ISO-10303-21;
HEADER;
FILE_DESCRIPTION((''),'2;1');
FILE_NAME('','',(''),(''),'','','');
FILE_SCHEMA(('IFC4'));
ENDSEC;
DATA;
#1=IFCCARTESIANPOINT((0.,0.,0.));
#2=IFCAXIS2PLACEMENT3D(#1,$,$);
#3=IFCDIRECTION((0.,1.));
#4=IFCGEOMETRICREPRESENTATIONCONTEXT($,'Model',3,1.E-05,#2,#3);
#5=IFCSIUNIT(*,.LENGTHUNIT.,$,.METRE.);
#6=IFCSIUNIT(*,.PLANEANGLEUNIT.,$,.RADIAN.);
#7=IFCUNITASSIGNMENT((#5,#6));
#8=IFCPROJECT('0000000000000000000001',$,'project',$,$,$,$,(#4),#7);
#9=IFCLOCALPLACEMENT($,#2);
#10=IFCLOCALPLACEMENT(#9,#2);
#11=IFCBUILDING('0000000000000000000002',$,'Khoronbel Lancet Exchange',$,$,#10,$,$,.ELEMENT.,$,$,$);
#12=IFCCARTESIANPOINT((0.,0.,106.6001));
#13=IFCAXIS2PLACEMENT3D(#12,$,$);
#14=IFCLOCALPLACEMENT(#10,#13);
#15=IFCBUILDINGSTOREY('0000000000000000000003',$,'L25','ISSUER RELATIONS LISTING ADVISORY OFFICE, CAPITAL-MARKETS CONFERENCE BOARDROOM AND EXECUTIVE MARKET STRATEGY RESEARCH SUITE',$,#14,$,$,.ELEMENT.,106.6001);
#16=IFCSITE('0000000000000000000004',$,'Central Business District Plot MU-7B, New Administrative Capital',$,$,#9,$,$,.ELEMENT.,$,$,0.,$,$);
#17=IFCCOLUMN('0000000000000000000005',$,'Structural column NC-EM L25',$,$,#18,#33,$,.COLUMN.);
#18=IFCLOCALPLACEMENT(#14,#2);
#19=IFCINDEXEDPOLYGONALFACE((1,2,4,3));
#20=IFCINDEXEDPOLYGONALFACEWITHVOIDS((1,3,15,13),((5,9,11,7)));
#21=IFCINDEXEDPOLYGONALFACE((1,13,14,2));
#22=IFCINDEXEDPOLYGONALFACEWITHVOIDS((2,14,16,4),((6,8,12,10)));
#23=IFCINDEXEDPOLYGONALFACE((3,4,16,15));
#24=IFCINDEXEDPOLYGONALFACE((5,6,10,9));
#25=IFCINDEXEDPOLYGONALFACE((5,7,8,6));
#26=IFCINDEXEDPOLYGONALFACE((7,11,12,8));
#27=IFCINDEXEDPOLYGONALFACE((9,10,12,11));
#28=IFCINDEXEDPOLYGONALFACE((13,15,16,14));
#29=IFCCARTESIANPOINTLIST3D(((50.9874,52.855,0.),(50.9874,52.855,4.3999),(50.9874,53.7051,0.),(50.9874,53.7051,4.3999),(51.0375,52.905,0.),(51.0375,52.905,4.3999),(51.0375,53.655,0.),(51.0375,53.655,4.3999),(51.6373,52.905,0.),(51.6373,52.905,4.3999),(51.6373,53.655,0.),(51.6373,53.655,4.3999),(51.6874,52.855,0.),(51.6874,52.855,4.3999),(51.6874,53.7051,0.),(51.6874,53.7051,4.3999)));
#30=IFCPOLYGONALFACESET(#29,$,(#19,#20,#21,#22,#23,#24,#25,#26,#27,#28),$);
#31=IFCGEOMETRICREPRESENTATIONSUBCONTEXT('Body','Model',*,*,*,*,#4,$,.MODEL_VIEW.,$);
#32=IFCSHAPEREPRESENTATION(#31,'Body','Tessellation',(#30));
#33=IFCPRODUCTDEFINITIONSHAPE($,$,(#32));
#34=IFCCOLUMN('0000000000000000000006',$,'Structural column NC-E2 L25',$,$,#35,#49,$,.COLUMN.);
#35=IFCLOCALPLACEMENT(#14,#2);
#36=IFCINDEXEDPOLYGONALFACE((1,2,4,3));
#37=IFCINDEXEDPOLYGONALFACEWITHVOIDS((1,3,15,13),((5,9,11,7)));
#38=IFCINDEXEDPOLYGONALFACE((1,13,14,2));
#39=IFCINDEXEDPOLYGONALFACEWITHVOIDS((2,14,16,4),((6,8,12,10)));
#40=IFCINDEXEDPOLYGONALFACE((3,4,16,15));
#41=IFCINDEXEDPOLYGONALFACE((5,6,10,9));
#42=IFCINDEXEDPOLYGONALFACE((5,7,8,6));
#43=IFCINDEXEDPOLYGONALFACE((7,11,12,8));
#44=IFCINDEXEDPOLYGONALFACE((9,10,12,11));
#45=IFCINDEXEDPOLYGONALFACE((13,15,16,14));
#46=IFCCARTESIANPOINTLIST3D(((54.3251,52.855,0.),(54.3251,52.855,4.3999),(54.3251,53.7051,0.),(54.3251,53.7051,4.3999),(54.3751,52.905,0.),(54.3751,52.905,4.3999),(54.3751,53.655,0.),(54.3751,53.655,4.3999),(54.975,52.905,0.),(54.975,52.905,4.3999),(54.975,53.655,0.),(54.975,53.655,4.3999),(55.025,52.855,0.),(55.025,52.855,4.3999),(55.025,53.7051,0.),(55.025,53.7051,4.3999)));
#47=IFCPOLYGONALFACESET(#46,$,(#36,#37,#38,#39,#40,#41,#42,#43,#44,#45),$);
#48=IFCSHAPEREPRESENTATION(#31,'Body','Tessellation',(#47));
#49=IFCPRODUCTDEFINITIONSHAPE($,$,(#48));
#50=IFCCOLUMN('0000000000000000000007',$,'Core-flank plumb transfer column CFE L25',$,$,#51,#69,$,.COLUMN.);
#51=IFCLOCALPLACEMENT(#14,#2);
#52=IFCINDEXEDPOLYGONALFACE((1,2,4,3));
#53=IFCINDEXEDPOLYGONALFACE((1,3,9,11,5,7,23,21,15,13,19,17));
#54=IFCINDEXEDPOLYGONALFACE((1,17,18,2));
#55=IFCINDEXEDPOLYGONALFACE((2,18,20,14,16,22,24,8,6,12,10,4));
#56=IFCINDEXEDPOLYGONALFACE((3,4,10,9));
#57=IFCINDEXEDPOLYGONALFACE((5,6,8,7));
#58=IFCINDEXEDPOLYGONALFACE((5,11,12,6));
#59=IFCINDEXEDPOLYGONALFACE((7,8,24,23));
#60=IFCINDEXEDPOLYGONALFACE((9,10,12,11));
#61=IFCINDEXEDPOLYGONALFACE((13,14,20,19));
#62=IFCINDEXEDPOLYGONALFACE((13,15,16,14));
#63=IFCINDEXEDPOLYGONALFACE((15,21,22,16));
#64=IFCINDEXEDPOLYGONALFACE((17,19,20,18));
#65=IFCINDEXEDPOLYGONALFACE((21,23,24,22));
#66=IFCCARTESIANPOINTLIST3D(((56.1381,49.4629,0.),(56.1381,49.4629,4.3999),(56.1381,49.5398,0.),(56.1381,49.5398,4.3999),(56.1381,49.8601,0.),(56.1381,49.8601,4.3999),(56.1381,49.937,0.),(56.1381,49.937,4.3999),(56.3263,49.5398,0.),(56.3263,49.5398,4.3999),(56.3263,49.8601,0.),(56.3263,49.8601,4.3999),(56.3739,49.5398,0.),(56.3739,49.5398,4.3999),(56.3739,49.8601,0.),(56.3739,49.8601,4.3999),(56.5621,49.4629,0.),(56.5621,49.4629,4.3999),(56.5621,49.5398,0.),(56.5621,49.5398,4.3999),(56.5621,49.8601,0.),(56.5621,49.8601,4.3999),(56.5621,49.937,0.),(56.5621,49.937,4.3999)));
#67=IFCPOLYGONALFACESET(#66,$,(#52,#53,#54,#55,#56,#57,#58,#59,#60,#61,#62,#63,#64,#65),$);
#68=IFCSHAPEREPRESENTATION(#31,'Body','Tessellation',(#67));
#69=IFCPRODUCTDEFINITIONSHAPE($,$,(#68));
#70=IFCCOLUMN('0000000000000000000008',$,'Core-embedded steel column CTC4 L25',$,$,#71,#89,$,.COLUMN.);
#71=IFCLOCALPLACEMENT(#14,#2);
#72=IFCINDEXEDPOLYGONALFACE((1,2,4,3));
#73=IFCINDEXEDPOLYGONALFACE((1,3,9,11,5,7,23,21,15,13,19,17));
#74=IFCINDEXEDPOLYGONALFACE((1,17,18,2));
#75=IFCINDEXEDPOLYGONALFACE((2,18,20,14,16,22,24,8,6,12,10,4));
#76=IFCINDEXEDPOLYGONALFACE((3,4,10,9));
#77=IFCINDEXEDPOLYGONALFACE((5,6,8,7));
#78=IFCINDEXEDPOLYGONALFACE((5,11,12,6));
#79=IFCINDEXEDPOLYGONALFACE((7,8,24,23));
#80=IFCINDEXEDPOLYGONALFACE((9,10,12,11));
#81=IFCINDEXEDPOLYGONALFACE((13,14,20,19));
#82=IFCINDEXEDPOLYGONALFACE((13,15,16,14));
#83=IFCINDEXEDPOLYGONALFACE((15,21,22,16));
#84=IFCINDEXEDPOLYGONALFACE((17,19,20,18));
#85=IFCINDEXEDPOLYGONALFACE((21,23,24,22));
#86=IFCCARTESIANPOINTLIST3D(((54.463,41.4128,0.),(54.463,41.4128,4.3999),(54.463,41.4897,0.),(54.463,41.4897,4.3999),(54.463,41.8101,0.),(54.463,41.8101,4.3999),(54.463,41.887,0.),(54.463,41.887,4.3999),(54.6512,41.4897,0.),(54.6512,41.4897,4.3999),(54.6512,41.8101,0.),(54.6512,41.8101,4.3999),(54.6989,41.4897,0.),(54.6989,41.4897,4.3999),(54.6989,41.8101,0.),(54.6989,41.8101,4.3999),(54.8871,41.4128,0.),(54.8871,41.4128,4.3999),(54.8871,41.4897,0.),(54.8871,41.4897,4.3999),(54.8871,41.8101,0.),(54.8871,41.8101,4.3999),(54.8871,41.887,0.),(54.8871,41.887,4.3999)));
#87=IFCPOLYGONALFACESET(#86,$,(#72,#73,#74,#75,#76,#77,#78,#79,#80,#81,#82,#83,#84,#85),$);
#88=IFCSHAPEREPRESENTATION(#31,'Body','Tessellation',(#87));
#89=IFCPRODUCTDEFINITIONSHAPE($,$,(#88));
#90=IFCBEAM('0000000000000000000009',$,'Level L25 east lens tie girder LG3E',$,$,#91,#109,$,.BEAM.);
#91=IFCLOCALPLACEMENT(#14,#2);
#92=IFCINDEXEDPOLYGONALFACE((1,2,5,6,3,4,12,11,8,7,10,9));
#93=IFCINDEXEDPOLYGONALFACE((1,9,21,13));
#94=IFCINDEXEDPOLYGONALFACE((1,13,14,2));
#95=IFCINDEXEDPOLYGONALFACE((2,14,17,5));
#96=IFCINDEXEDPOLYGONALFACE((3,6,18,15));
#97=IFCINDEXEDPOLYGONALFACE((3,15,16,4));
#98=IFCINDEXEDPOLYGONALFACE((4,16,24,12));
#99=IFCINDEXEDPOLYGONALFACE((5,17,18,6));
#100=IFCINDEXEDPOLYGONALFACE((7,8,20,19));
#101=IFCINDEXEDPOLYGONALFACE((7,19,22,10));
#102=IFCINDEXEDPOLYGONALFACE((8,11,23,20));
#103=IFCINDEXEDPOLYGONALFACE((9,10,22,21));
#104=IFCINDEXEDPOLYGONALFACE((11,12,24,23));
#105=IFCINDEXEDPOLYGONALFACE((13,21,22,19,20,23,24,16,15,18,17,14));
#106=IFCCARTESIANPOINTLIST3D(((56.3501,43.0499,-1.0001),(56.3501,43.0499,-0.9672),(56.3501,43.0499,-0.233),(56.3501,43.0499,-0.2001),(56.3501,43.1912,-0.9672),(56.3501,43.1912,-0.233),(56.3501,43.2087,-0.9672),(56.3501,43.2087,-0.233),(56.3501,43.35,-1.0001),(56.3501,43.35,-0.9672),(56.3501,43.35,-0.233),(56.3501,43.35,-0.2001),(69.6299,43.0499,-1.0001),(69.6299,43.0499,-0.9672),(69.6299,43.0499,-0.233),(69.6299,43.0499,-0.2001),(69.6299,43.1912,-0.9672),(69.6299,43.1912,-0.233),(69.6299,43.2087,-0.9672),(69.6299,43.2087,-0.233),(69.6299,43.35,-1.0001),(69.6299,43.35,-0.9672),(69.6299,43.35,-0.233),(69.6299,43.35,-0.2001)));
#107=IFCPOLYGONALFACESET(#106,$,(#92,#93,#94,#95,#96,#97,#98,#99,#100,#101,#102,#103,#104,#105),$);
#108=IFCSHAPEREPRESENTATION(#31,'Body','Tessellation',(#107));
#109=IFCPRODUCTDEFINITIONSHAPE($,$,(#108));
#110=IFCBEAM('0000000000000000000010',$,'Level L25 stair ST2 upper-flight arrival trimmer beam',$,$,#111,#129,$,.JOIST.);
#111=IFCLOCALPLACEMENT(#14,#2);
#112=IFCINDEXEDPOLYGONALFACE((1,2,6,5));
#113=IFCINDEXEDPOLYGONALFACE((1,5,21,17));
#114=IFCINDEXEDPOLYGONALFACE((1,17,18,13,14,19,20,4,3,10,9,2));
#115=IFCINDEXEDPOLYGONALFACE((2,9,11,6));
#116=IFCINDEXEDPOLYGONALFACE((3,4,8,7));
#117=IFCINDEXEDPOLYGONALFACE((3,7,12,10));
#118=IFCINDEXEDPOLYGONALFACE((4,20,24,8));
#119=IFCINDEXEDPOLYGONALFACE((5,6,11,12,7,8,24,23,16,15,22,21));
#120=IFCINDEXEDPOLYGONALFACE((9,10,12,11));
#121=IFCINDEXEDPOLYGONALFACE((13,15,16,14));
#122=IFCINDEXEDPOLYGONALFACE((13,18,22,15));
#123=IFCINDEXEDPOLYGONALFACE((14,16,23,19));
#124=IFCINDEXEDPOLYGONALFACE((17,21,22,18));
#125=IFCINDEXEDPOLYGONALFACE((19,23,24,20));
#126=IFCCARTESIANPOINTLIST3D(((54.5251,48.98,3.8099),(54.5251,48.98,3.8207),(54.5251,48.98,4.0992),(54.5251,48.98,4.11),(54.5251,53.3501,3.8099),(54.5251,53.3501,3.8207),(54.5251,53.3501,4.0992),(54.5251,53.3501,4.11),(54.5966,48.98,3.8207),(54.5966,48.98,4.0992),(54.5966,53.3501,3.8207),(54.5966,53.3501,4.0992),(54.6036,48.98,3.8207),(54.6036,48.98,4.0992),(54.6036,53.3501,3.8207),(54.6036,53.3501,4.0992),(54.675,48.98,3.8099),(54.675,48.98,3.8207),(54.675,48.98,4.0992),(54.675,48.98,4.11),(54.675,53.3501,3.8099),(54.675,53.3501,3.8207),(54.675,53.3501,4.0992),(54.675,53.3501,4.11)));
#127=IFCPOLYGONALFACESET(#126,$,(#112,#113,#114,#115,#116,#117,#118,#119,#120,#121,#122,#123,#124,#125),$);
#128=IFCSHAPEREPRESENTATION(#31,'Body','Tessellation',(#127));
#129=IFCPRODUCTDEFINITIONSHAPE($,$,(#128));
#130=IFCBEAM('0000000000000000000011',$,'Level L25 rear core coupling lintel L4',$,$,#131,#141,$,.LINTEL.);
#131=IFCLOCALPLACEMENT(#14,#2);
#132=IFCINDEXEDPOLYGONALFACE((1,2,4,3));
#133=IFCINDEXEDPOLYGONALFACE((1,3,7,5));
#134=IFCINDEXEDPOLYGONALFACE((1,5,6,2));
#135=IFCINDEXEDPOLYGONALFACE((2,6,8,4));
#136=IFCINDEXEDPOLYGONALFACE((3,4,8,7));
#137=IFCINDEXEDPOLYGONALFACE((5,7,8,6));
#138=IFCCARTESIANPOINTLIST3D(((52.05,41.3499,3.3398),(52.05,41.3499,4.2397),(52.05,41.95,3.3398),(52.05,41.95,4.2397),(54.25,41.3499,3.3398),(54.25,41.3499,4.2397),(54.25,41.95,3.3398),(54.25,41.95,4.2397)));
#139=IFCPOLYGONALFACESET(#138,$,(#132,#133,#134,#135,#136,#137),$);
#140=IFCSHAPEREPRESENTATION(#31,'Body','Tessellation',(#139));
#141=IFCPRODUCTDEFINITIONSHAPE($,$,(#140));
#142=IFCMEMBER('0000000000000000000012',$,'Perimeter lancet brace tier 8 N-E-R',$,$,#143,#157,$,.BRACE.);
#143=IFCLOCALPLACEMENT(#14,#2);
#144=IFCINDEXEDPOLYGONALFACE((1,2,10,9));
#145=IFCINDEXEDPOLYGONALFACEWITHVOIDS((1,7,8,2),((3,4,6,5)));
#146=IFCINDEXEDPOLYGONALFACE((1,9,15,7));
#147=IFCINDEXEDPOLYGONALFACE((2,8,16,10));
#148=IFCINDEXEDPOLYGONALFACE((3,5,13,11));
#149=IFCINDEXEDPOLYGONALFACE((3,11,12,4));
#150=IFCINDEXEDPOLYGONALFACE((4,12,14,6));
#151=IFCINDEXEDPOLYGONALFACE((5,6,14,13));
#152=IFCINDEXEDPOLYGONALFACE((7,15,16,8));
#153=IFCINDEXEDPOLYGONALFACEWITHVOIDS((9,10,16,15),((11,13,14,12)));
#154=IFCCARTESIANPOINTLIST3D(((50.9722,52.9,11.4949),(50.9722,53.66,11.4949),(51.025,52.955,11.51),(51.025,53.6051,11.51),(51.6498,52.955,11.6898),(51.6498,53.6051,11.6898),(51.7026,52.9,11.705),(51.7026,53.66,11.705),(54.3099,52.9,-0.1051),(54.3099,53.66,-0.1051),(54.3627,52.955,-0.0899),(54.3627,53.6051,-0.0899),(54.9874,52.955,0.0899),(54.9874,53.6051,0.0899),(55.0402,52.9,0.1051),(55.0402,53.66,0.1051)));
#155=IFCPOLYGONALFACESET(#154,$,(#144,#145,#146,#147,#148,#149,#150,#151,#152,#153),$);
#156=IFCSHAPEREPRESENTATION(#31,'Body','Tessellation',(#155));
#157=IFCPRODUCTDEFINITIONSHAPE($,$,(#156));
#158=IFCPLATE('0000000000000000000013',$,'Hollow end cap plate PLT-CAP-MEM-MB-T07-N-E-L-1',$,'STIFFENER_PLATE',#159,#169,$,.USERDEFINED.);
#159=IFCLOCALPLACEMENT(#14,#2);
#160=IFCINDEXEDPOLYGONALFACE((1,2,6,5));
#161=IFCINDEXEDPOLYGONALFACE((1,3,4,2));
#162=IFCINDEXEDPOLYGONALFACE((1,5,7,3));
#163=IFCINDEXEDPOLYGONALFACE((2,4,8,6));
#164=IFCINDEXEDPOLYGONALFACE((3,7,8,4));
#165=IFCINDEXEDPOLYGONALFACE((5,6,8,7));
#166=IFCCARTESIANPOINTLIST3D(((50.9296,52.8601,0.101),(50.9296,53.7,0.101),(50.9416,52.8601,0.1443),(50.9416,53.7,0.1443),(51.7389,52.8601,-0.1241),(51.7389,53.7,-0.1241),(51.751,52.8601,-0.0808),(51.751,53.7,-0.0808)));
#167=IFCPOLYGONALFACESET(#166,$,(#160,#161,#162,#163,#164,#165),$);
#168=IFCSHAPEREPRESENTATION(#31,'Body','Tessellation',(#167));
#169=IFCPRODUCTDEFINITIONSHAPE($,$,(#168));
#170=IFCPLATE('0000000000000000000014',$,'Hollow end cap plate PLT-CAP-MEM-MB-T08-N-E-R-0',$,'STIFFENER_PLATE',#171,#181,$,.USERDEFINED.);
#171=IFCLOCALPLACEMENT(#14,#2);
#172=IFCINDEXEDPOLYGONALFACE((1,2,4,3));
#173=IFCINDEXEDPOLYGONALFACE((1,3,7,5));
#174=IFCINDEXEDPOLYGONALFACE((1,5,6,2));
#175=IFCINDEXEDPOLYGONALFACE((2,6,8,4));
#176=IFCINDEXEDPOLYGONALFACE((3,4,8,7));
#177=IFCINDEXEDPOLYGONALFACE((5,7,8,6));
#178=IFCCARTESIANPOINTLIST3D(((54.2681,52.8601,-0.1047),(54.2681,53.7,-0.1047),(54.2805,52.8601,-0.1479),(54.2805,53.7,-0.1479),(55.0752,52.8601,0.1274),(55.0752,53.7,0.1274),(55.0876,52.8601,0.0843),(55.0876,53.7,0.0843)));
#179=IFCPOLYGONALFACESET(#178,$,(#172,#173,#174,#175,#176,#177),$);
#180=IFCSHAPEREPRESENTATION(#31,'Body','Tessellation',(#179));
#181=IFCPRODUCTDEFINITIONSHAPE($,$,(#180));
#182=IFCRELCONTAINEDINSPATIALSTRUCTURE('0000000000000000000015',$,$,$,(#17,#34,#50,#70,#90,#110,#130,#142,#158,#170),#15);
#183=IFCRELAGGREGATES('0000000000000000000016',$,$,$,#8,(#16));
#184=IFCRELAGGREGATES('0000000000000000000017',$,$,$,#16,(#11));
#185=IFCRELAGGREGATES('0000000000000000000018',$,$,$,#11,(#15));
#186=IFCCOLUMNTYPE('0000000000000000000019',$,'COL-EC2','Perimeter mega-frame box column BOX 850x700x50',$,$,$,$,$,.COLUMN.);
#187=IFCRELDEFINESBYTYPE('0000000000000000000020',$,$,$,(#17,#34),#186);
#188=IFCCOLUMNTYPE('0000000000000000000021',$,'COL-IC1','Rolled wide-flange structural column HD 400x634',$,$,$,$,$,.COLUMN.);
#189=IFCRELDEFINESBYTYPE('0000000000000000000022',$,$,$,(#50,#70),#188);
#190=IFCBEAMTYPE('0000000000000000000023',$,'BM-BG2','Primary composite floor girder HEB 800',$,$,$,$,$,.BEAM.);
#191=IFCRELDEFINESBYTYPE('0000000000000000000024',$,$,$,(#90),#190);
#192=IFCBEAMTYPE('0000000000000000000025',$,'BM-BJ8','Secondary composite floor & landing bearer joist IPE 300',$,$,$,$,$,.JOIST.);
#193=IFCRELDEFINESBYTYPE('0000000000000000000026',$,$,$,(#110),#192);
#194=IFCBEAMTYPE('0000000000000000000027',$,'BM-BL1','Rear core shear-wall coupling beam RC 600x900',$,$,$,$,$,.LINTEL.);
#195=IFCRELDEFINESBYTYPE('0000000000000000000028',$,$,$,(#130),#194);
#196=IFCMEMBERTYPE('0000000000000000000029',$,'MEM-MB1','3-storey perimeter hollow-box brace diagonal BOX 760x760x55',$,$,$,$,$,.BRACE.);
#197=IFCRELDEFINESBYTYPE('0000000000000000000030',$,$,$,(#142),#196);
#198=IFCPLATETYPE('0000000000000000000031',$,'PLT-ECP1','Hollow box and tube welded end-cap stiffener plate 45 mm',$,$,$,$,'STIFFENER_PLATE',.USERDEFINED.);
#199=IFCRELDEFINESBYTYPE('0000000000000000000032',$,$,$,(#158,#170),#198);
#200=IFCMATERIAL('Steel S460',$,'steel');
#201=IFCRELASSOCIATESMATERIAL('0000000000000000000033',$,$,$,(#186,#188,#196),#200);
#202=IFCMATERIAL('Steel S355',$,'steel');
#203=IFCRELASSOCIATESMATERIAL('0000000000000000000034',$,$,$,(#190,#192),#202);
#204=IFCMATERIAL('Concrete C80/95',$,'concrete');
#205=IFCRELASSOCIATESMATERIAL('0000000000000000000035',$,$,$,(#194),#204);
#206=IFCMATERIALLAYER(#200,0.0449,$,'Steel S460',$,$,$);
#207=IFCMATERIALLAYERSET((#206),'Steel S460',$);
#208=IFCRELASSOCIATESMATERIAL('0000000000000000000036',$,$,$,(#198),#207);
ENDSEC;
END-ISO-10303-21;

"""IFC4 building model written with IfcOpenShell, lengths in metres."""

from ifc_helpers import new_model, si_unit, direction, frame, origin, origin_2d, place, context, subcontext, project, spatial, polyline, rectangle, hollow_rectangle, i_section, outline, extrude, material, layer, layer_set, material_profile, profile_set, type_object, element, save


model = new_model("IFC4")

# Units and contexts
model_context = context("Model", 3, precision=1e-05, world=origin(), true_north=direction((0.0, 1.0)))
body_context = subcontext(model_context, "Body", "Model", "MODEL_VIEW")
ifc_project = project(units=[si_unit("LENGTHUNIT", "METRE"), si_unit("PLANEANGLEUNIT", "RADIAN")], contexts=[model_context])

# Site, building, storey
site_placement = place(None, origin())
site = spatial("IfcSite", under=ifc_project, at=site_placement, Name="Central Business District Plot MU-7B, New Administrative Capital", CompositionType="ELEMENT", RefElevation=0.0)
building_placement = place(site_placement, origin())
building = spatial("IfcBuilding", under=site, at=building_placement, Name="Khoronbel Lancet Exchange", CompositionType="ELEMENT")
storey_placement = place(building_placement, frame((0.0, 0.0, 106.6001)))
storey = spatial("IfcBuildingStorey", under=building, at=storey_placement, Name="L25", Description="ISSUER RELATIONS LISTING ADVISORY OFFICE, CAPITAL-MARKETS CONFERENCE BOARDROOM AND EXECUTIVE MARKET STRATEGY RESEARCH SUITE", CompositionType="ELEMENT", Elevation=106.6001)

# Columns
ifc_material_1 = material(Name="Steel S460", Category="steel")
ifc_material_profile_1 = material_profile(ifc_material_1, hollow_rectangle(XDim=0.7, YDim=0.8501, WallThickness=0.05, at=origin_2d()), Name="BOX 850x700x50")
ifc_profile_set_1 = profile_set([ifc_material_profile_1], Name="Steel S460")
column_type_1 = type_object("IfcColumnType", Name="COL-EC2", Description="Perimeter mega-frame box column BOX 850x700x50", PredefinedType="COLUMN", material=ifc_profile_set_1)
for number, where, z_axis, x_axis, name in (
    (1, (51.3374, 53.28, 0.0), (0.0, 0.0, 1.0), (1.0, 0.0, 0.0), "Structural column NC-EM L25"),
    (2, (54.675, 53.28, 0.0), (0.0, 0.0, 1.0), (1.0, 0.0, 0.0), "Structural column NC-E2 L25"),
):
    element("IfcColumn", number, at=place(storey_placement, frame(where, z_axis=z_axis, x_axis=x_axis)), inside=storey, type_object=column_type_1, Name=name, PredefinedType="COLUMN", context=body_context, shape_type="SweptSolid", body=[
        extrude(hollow_rectangle(XDim=0.7, YDim=0.8501, WallThickness=0.05, at=origin_2d()), origin(), (0.0, 0.0, 1.0), 4.3999),
    ])
ifc_material_profile_2 = material_profile(ifc_material_1, i_section(OverallWidth=0.4241, OverallDepth=0.4741, WebThickness=0.0476, FlangeThickness=0.0769, at=origin_2d()), Name="HD 400x634")
ifc_profile_set_2 = profile_set([ifc_material_profile_2], Name="Steel S460")
column_type_2 = type_object("IfcColumnType", Name="COL-IC1", Description="Rolled wide-flange structural column HD 400x634", PredefinedType="COLUMN", material=ifc_profile_set_2)
for number, where, z_axis, x_axis, name in (
    (3, (56.3501, 49.7, 0.0), (0.0, 0.0, 1.0), (1.0, 0.0, 0.0), "Core-flank plumb transfer column CFE L25"),
    (4, (54.675, 41.6499, 0.0), (0.0, 0.0, 1.0), (1.0, 0.0, 0.0), "Core-embedded steel column CTC4 L25"),
):
    element("IfcColumn", number, at=place(storey_placement, frame(where, z_axis=z_axis, x_axis=x_axis)), inside=storey, type_object=column_type_2, Name=name, PredefinedType="COLUMN", context=body_context, shape_type="SweptSolid", body=[
        extrude(i_section(OverallWidth=0.4241, OverallDepth=0.4741, WebThickness=0.0476, FlangeThickness=0.0769, at=origin_2d()), origin(), (0.0, 0.0, 1.0), 4.3999),
    ])

# Beams
ifc_material_2 = material(Name="Steel S355", Category="steel")
ifc_material_profile_3 = material_profile(ifc_material_2, i_section(OverallWidth=0.3, OverallDepth=0.8, WebThickness=0.0176, FlangeThickness=0.033, at=origin_2d()), Name="HEB 800")
ifc_profile_set_3 = profile_set([ifc_material_profile_3], Name="Steel S355")
beam_type_1 = type_object("IfcBeamType", Name="BM-BG2", Description="Primary composite floor girder HEB 800", PredefinedType="BEAM", material=ifc_profile_set_3)
beam_1_placement = place(storey_placement, frame((56.3501, 43.2, -0.6001), z_axis=(1.0, 0.0, 0.0), x_axis=(0.0, 1.0, 0.0)))
element("IfcBeam", 5, at=beam_1_placement, inside=storey, type_object=beam_type_1, Name="Level L25 east lens tie girder LG3E", PredefinedType="BEAM", context=body_context, shape_type="SweptSolid", body=[
    extrude(i_section(OverallWidth=0.3, OverallDepth=0.8, WebThickness=0.0176, FlangeThickness=0.033, at=origin_2d()), origin(), (0.0, 0.0, 1.0), 13.2798),
])
ifc_material_profile_4 = material_profile(ifc_material_2, i_section(OverallWidth=0.1499, OverallDepth=0.3, WebThickness=0.0071, FlangeThickness=0.0107, at=origin_2d()), Name="IPE 300")
ifc_profile_set_4 = profile_set([ifc_material_profile_4], Name="Steel S355")
beam_type_2 = type_object("IfcBeamType", Name="BM-BJ8", Description="Secondary composite floor & landing bearer joist IPE 300", PredefinedType="JOIST", material=ifc_profile_set_4)
beam_2_placement = place(storey_placement, frame((54.6001, 48.98, 3.96), z_axis=(0.0, 1.0, 0.0), x_axis=(-1.0, 0.0, 0.0)))
element("IfcBeam", 6, at=beam_2_placement, inside=storey, type_object=beam_type_2, Name="Level L25 stair ST2 upper-flight arrival trimmer beam", PredefinedType="JOIST", context=body_context, shape_type="SweptSolid", body=[
    extrude(i_section(OverallWidth=0.1499, OverallDepth=0.3, WebThickness=0.0071, FlangeThickness=0.0107, at=origin_2d()), origin(), (0.0, 0.0, 1.0), 4.3701),
])
ifc_material_3 = material(Name="Concrete C80/95", Category="concrete")
ifc_material_profile_5 = material_profile(ifc_material_3, rectangle(XDim=0.6001, YDim=0.8999, at=origin_2d()), Name="RC 600x900")
ifc_profile_set_5 = profile_set([ifc_material_profile_5], Name="Concrete C80/95")
beam_type_3 = type_object("IfcBeamType", Name="BM-BL1", Description="Rear core shear-wall coupling beam RC 600x900", PredefinedType="LINTEL", material=ifc_profile_set_5)
beam_3_placement = place(storey_placement, frame((52.05, 41.6499, 3.7898), z_axis=(1.0, 0.0, 0.0), x_axis=(0.0, 1.0, 0.0)))
element("IfcBeam", 7, at=beam_3_placement, inside=storey, type_object=beam_type_3, Name="Level L25 rear core coupling lintel L4", PredefinedType="LINTEL", context=body_context, shape_type="SweptSolid", body=[
    extrude(rectangle(XDim=0.6001, YDim=0.8999, at=origin_2d()), origin(), (0.0, 0.0, 1.0), 2.2),
])

# Member
ifc_material_profile_6 = material_profile(ifc_material_1, hollow_rectangle(XDim=0.76, YDim=0.76, WallThickness=0.0549, at=origin_2d()), Name="BOX 760x760x55")
ifc_profile_set_6 = profile_set([ifc_material_profile_6], Name="Steel S460")
member_type = type_object("IfcMemberType", Name="MEM-MB1", Description="3-storey perimeter hollow-box brace diagonal BOX 760x760x55", PredefinedType="BRACE", material=ifc_profile_set_6)
member_placement = place(storey_placement, frame((54.675, 53.28, 0.0), z_axis=(-0.276513, 0.0, 0.96101), x_axis=(0.0, -1.0, 0.0)))
element("IfcMember", 8, at=member_placement, inside=storey, type_object=member_type, Name="Perimeter lancet brace tier 8 N-E-R", PredefinedType="BRACE", context=body_context, shape_type="SweptSolid", body=[
    extrude(hollow_rectangle(XDim=0.76, YDim=0.76, WallThickness=0.0549, at=origin_2d()), origin(), (0.0, 0.0, 1.0), 12.0706),
])

# Plates
ifc_layer_1 = layer(ifc_material_1, 0.0449, Name="Steel S460")
ifc_layer_set_1 = layer_set([ifc_layer_1], Name="Steel S460")
plate_type = type_object("IfcPlateType", Name="PLT-ECP1", Description="Hollow box and tube welded end-cap stiffener plate 45 mm", ElementType="STIFFENER_PLATE", PredefinedType="USERDEFINED", material=ifc_layer_set_1)
plate_1_placement = place(storey_placement, frame((51.751, 52.8601, -0.0808), z_axis=(0.267959, 0.0, 0.96343), x_axis=(0.0, 1.0, 0.0)))
element("IfcPlate", 9, at=plate_1_placement, inside=storey, type_object=plate_type, Name="Hollow end cap plate PLT-CAP-MEM-MB-T07-N-E-L-1", ObjectType="STIFFENER_PLATE", PredefinedType="USERDEFINED", context=body_context, shape_type="SweptSolid", body=[
    extrude(outline(polyline([(0.0, 0.0), (0.8398, 0.0), (0.8398, 0.8401), (0.0, 0.8401), (0.0, 0.0)])), origin(), (0.0, 0.0, -1.0), 0.0449),
])
plate_2_placement = place(storey_placement, frame((54.2681, 53.7, -0.1047), z_axis=(-0.276448, 0.0, 0.961029), x_axis=(0.0, -1.0, 0.0)))
element("IfcPlate", 10, at=plate_2_placement, inside=storey, type_object=plate_type, Name="Hollow end cap plate PLT-CAP-MEM-MB-T08-N-E-R-0", ObjectType="STIFFENER_PLATE", PredefinedType="USERDEFINED", context=body_context, shape_type="SweptSolid", body=[
    extrude(outline(polyline([(0.0, 0.0), (0.8398, 0.0), (0.8398, 0.8398), (0.0, 0.8398), (0.0, 0.0)])), origin(), (0.0, 0.0, -1.0), 0.0449),
])

save(model, "model.ifc")
